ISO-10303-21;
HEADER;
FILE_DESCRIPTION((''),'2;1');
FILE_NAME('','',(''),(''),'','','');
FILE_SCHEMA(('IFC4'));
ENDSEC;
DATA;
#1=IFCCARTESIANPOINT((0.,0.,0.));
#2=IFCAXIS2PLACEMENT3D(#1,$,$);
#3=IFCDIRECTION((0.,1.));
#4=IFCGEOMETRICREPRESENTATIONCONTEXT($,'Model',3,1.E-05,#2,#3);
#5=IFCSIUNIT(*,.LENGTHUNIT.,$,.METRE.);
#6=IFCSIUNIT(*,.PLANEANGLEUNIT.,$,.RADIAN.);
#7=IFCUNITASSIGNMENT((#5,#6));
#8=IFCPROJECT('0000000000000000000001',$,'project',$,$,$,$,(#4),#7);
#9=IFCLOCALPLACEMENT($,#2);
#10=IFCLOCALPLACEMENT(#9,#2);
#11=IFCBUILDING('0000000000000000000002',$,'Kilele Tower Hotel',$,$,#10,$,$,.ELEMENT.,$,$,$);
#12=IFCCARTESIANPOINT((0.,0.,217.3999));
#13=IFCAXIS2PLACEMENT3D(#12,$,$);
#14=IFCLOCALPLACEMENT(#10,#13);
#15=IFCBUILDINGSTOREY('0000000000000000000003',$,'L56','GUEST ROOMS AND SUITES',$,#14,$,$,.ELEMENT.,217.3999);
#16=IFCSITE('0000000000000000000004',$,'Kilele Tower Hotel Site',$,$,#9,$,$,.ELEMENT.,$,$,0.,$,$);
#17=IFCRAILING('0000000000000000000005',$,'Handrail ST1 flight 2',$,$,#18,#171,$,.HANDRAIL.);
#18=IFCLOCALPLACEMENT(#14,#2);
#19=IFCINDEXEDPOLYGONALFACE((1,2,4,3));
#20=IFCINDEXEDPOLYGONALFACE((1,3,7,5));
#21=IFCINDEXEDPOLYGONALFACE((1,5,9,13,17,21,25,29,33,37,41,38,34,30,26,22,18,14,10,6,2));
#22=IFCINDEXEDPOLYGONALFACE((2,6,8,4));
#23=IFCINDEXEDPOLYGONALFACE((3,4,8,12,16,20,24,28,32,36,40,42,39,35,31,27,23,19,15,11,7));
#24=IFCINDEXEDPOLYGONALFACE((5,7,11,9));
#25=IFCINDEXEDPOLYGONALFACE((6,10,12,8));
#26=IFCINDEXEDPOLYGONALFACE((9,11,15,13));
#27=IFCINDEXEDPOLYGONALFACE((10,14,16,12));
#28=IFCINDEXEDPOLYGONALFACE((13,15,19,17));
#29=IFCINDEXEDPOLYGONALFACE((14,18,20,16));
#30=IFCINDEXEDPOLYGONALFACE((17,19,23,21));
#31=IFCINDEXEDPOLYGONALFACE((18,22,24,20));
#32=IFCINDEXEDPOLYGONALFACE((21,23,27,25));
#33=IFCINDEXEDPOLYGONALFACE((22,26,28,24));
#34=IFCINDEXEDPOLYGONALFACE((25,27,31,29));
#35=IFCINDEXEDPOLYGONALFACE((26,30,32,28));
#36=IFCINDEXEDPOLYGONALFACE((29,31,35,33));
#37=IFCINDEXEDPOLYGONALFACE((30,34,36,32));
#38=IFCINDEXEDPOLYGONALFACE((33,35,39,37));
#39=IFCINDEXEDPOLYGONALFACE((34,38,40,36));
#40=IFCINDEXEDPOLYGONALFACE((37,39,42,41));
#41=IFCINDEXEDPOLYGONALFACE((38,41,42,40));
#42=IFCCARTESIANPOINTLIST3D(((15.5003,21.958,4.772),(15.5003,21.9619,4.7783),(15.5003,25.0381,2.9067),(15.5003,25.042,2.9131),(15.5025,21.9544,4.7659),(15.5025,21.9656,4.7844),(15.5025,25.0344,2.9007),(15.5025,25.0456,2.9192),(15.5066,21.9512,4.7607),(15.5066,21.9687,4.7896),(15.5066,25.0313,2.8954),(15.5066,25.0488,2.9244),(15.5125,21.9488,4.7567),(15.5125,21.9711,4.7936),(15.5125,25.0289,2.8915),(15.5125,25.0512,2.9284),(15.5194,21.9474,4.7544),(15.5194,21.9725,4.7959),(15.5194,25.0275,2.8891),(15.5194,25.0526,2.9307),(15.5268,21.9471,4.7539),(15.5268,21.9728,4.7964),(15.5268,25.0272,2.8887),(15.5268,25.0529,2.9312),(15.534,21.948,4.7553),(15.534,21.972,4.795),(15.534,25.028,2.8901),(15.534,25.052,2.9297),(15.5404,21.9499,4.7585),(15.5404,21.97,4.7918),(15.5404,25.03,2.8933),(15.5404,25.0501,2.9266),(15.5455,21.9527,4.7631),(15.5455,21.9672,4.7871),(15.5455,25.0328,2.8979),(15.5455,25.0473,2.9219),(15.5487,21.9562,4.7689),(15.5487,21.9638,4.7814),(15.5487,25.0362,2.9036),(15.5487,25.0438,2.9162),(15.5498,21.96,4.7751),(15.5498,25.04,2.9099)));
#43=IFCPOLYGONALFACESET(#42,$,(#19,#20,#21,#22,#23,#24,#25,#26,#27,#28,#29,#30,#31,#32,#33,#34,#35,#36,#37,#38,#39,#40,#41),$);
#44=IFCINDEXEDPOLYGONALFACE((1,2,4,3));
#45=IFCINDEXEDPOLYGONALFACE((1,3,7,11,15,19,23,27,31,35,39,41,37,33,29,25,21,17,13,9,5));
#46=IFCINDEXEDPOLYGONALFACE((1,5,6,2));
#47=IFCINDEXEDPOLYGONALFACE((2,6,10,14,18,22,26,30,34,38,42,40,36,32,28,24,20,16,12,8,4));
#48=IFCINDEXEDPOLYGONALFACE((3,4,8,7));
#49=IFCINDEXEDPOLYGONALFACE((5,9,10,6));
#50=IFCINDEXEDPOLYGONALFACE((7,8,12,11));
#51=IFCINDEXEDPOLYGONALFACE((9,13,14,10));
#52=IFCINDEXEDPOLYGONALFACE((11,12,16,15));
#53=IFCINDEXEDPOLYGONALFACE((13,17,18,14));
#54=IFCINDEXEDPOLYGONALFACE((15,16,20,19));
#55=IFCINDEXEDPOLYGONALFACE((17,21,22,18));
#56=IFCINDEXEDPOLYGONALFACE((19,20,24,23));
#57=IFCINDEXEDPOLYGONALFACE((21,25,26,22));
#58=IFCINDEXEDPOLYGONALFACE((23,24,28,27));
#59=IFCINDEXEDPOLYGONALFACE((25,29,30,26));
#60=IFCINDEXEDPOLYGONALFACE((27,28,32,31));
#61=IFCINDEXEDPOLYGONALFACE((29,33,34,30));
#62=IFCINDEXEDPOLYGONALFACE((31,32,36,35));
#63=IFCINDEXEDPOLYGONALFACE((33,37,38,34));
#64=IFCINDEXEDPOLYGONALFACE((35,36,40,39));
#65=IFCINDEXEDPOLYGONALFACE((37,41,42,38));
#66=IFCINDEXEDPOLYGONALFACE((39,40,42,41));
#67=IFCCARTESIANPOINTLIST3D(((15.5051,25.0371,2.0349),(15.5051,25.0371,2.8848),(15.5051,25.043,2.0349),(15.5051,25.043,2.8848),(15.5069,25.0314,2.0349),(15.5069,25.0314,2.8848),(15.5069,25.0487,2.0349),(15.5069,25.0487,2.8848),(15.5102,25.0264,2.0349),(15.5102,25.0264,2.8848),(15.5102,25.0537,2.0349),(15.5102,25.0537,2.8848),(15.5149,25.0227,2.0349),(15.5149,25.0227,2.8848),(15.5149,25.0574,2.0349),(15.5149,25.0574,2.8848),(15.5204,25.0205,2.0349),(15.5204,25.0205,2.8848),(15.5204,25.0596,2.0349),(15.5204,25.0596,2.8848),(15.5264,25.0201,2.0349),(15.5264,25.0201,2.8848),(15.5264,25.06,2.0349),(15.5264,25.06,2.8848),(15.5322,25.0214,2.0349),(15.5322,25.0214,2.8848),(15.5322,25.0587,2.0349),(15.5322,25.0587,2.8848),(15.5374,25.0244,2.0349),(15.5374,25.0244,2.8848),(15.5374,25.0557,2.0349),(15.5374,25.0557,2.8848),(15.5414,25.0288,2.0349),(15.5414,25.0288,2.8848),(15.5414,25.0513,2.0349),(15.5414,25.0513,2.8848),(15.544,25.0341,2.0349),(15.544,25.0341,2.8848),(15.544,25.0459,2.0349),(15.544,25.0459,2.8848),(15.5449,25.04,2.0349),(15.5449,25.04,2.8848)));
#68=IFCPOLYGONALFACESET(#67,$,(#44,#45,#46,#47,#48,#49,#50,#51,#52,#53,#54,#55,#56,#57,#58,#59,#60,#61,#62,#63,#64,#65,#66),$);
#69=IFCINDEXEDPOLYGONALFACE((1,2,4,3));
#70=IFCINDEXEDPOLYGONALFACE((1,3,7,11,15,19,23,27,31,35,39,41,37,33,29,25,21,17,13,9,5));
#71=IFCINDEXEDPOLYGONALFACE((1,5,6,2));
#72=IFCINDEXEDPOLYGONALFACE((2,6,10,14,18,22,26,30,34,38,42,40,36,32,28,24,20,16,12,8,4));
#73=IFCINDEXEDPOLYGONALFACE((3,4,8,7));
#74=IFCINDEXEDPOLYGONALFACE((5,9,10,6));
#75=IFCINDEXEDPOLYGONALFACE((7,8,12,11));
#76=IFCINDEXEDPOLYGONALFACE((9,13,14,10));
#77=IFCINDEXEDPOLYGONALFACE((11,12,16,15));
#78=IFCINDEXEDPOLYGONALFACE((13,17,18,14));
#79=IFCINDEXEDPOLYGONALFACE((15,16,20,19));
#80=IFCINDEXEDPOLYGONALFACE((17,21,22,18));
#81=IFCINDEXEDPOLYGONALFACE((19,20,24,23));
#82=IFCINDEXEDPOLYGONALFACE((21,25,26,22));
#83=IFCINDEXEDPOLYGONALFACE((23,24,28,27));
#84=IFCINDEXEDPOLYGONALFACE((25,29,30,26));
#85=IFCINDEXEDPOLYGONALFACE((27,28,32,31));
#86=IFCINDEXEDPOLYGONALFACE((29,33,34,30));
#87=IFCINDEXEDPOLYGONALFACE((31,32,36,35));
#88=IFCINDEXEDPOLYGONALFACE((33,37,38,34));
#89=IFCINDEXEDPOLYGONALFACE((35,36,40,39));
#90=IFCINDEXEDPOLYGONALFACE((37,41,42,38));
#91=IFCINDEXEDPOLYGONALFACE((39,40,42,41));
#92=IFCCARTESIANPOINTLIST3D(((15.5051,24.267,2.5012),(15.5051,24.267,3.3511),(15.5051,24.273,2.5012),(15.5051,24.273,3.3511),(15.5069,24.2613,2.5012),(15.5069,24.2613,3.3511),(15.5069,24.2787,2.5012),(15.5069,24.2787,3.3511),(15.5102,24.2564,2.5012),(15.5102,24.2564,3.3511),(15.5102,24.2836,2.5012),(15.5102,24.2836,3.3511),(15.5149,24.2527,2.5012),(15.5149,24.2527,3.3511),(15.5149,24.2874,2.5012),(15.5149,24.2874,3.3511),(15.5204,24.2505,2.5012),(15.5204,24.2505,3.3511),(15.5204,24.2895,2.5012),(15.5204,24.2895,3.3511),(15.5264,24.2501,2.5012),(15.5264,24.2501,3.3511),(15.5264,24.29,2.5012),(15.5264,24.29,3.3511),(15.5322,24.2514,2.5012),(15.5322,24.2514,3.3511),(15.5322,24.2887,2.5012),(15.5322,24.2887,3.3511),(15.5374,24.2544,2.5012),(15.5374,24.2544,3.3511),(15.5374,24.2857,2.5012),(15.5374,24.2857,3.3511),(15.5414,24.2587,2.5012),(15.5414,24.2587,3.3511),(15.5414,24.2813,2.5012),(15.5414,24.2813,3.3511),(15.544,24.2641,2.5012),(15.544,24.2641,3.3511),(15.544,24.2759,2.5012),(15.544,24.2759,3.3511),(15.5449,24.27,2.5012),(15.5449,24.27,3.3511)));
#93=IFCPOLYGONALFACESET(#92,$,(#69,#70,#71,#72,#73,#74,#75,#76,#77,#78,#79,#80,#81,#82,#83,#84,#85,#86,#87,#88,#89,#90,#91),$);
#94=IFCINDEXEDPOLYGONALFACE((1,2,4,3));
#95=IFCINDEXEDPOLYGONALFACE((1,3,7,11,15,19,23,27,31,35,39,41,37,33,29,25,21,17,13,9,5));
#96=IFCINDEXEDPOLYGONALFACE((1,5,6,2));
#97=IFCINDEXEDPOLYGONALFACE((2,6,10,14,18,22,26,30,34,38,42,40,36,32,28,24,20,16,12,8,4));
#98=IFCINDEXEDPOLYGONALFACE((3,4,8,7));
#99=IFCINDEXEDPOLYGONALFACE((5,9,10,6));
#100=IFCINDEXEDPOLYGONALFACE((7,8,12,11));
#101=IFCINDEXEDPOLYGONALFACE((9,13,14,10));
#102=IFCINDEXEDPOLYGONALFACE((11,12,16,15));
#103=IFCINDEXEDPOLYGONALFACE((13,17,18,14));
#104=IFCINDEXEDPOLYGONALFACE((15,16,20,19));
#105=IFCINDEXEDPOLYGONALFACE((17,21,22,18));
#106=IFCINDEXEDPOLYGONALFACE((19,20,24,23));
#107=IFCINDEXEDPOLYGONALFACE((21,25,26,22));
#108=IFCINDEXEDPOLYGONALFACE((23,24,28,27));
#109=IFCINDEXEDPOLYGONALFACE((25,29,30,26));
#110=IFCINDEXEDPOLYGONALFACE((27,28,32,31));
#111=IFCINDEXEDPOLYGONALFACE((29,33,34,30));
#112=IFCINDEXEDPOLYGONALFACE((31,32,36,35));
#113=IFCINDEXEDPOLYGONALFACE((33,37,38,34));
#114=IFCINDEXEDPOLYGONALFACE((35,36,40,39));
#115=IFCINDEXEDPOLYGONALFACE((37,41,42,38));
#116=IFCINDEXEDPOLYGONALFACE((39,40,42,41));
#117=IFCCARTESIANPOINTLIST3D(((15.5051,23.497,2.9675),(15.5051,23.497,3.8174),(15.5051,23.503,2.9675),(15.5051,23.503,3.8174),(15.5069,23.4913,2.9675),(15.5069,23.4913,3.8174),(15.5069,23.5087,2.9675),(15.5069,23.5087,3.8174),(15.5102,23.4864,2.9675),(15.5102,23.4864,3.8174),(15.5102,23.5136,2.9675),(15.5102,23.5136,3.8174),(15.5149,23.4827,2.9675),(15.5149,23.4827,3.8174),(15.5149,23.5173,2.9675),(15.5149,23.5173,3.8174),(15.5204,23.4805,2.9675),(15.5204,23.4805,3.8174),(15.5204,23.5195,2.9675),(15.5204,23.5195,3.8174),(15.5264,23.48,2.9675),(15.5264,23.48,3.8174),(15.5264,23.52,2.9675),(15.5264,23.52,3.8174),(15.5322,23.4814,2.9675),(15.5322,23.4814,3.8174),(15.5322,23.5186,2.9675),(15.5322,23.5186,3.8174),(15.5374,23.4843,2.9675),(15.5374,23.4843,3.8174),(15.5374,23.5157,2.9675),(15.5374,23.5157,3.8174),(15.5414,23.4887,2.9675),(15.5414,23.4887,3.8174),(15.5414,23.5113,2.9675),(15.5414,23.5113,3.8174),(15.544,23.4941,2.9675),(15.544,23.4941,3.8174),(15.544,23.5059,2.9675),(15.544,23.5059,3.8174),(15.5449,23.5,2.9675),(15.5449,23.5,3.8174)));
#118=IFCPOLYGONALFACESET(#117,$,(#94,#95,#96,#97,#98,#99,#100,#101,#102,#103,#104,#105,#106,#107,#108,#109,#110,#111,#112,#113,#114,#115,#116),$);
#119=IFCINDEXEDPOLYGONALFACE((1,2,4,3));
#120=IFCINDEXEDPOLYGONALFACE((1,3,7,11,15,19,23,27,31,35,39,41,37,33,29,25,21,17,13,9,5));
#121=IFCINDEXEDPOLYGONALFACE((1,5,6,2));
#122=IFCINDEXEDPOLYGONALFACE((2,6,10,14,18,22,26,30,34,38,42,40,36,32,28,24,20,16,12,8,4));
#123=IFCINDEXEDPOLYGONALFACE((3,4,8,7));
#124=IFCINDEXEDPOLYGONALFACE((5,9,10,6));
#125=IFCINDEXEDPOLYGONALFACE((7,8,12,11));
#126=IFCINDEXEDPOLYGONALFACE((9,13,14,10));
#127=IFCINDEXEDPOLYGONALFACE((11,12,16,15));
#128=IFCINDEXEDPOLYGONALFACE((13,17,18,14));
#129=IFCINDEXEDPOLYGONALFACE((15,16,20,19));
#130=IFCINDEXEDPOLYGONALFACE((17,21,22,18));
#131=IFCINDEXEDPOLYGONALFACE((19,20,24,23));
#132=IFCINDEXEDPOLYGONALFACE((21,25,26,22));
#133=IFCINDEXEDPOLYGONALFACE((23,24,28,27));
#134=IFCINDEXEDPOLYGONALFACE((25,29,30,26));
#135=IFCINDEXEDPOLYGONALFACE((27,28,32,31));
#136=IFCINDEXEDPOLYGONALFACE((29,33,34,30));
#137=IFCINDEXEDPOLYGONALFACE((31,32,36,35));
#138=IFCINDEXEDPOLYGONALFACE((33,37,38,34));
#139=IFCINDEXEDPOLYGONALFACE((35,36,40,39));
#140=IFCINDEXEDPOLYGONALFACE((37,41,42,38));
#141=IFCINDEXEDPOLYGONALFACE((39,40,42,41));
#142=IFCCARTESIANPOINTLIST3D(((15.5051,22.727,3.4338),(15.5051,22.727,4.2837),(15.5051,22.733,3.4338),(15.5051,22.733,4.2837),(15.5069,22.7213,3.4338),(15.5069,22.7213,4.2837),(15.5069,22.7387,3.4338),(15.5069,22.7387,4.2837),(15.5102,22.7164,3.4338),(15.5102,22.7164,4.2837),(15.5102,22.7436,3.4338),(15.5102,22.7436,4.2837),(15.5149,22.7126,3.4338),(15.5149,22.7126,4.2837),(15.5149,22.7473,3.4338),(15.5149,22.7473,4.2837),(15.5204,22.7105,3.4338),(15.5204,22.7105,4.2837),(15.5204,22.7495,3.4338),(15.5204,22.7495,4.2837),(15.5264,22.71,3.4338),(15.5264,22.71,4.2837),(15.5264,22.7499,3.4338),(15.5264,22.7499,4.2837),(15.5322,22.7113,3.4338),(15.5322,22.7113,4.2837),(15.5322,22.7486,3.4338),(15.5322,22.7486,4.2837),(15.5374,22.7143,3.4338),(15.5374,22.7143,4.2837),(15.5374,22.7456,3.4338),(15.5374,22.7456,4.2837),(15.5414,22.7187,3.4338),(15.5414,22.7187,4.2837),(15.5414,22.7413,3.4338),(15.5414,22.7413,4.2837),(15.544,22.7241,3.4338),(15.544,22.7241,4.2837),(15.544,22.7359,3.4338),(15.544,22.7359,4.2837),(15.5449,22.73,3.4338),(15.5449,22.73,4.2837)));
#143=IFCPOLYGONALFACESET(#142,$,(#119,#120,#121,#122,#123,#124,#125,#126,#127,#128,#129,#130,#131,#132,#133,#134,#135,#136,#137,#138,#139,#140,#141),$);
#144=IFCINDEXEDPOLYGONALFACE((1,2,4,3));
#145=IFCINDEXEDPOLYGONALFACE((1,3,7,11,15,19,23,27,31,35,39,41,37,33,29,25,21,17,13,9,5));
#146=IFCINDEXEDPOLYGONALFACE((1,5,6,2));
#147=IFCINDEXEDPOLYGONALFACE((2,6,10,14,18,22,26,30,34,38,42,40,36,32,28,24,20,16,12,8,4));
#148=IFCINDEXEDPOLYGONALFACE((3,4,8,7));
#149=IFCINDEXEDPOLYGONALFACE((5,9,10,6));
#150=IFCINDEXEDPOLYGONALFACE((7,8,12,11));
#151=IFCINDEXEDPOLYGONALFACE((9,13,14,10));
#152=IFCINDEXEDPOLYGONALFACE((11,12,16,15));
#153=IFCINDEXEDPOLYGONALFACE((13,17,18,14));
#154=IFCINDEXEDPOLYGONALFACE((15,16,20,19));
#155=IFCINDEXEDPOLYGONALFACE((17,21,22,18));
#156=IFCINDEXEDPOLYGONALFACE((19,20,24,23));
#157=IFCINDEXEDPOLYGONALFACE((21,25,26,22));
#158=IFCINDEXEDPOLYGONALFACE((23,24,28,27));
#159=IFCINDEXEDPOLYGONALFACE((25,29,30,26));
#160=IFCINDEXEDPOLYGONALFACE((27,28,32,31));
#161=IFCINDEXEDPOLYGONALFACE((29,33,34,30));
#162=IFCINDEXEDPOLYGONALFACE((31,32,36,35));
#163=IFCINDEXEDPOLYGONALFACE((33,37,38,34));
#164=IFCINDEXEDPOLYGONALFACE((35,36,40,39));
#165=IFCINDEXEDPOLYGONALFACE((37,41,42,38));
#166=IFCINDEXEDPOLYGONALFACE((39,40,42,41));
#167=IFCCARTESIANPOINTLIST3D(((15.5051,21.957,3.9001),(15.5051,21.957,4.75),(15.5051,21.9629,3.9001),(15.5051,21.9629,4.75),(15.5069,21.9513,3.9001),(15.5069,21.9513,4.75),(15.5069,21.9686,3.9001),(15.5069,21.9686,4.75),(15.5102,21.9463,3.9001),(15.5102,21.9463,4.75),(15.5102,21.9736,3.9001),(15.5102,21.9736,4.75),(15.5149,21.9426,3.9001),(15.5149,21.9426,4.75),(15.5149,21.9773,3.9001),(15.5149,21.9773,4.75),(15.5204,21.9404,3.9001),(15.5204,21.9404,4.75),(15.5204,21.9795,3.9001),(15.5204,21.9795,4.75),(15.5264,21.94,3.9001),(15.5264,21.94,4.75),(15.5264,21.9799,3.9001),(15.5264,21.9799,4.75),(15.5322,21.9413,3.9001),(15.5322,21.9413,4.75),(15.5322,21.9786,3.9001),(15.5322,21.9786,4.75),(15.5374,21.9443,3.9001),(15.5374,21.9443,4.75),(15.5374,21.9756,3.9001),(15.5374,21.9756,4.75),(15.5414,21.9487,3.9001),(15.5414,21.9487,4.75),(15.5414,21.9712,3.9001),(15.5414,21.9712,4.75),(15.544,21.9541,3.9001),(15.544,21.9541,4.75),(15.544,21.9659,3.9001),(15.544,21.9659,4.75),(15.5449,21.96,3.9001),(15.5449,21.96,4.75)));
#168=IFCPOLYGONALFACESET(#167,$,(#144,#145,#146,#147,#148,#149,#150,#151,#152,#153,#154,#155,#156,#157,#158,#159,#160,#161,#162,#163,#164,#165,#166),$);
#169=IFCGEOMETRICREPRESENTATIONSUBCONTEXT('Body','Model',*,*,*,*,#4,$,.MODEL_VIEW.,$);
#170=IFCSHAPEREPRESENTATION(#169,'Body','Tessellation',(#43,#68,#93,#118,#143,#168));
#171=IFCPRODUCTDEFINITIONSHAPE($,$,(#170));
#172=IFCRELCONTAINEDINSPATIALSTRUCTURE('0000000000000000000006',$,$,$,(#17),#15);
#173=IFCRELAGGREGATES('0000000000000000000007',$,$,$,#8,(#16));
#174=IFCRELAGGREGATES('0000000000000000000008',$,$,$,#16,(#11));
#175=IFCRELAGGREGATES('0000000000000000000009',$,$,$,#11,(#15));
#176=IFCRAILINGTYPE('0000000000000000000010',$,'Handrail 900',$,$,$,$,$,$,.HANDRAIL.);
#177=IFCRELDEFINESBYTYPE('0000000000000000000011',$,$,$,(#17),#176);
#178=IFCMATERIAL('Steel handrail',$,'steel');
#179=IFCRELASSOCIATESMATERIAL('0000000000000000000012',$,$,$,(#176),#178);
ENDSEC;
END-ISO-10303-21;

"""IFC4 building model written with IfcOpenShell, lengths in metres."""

from ifc_helpers import new_model, si_unit, direction, frame, origin, origin_2d, place, context, subcontext, project, spatial, circle, extrude, material, type_object, element, save


model = new_model("IFC4")

# Units and contexts
model_context = context("Model", 3, precision=1e-05, world=origin(), true_north=direction((0.0, 1.0)))
body_context = subcontext(model_context, "Body", "Model", "MODEL_VIEW")
ifc_project = project(units=[si_unit("LENGTHUNIT", "METRE"), si_unit("PLANEANGLEUNIT", "RADIAN")], contexts=[model_context])

# Site, building, storey
site_placement = place(None, origin())
site = spatial("IfcSite", under=ifc_project, at=site_placement, Name="Kilele Tower Hotel Site", CompositionType="ELEMENT", RefElevation=0.0)
building_placement = place(site_placement, origin())
building = spatial("IfcBuilding", under=site, at=building_placement, Name="Kilele Tower Hotel", CompositionType="ELEMENT")
storey_placement = place(building_placement, frame((0.0, 0.0, 217.3999)))
storey = spatial("IfcBuildingStorey", under=building, at=storey_placement, Name="L56", Description="GUEST ROOMS AND SUITES", CompositionType="ELEMENT", Elevation=217.3999)

# Railing
ifc_material_1 = material(Name="Steel handrail", Category="steel")
railing_type_1 = type_object("IfcRailingType", Name="Handrail 900", PredefinedType="HANDRAIL", material=ifc_material_1)
for number, where, name in (
    (1, (15.5249, 25.04, 2.0349), "Handrail ST1 flight 2"),
):
    element("IfcRailing", number, at=place(storey_placement, frame(where)), inside=storey, type_object=railing_type_1, Name=name, PredefinedType="HANDRAIL", context=body_context, shape_type="SweptSolid", body=[
        extrude(circle(Radius=0.0249, at=origin_2d()), frame((0.0, 0.0, 0.875), z_axis=(0.0, -0.85538, 0.518001), x_axis=(1.0, 0.0, 0.0)), (0.0, 0.0, 1.0), 3.6008),
        extrude(circle(Radius=0.02, at=origin_2d()), origin(), (0.0, 0.0, 1.0), 0.8499),
        extrude(circle(Radius=0.02, at=origin_2d()), frame((0.0, -0.77, 0.4663)), (0.0, 0.0, 1.0), 0.8499),
        extrude(circle(Radius=0.02, at=origin_2d()), frame((0.0, -1.54, 0.9326)), (0.0, 0.0, 1.0), 0.8499),
        extrude(circle(Radius=0.02, at=origin_2d()), frame((0.0, -2.3101, 1.3989)), (0.0, 0.0, 1.0), 0.8499),
        extrude(circle(Radius=0.02, at=origin_2d()), frame((0.0, -3.0801, 1.8652)), (0.0, 0.0, 1.0), 0.8499),
    ])

save(model, "model.ifc")
